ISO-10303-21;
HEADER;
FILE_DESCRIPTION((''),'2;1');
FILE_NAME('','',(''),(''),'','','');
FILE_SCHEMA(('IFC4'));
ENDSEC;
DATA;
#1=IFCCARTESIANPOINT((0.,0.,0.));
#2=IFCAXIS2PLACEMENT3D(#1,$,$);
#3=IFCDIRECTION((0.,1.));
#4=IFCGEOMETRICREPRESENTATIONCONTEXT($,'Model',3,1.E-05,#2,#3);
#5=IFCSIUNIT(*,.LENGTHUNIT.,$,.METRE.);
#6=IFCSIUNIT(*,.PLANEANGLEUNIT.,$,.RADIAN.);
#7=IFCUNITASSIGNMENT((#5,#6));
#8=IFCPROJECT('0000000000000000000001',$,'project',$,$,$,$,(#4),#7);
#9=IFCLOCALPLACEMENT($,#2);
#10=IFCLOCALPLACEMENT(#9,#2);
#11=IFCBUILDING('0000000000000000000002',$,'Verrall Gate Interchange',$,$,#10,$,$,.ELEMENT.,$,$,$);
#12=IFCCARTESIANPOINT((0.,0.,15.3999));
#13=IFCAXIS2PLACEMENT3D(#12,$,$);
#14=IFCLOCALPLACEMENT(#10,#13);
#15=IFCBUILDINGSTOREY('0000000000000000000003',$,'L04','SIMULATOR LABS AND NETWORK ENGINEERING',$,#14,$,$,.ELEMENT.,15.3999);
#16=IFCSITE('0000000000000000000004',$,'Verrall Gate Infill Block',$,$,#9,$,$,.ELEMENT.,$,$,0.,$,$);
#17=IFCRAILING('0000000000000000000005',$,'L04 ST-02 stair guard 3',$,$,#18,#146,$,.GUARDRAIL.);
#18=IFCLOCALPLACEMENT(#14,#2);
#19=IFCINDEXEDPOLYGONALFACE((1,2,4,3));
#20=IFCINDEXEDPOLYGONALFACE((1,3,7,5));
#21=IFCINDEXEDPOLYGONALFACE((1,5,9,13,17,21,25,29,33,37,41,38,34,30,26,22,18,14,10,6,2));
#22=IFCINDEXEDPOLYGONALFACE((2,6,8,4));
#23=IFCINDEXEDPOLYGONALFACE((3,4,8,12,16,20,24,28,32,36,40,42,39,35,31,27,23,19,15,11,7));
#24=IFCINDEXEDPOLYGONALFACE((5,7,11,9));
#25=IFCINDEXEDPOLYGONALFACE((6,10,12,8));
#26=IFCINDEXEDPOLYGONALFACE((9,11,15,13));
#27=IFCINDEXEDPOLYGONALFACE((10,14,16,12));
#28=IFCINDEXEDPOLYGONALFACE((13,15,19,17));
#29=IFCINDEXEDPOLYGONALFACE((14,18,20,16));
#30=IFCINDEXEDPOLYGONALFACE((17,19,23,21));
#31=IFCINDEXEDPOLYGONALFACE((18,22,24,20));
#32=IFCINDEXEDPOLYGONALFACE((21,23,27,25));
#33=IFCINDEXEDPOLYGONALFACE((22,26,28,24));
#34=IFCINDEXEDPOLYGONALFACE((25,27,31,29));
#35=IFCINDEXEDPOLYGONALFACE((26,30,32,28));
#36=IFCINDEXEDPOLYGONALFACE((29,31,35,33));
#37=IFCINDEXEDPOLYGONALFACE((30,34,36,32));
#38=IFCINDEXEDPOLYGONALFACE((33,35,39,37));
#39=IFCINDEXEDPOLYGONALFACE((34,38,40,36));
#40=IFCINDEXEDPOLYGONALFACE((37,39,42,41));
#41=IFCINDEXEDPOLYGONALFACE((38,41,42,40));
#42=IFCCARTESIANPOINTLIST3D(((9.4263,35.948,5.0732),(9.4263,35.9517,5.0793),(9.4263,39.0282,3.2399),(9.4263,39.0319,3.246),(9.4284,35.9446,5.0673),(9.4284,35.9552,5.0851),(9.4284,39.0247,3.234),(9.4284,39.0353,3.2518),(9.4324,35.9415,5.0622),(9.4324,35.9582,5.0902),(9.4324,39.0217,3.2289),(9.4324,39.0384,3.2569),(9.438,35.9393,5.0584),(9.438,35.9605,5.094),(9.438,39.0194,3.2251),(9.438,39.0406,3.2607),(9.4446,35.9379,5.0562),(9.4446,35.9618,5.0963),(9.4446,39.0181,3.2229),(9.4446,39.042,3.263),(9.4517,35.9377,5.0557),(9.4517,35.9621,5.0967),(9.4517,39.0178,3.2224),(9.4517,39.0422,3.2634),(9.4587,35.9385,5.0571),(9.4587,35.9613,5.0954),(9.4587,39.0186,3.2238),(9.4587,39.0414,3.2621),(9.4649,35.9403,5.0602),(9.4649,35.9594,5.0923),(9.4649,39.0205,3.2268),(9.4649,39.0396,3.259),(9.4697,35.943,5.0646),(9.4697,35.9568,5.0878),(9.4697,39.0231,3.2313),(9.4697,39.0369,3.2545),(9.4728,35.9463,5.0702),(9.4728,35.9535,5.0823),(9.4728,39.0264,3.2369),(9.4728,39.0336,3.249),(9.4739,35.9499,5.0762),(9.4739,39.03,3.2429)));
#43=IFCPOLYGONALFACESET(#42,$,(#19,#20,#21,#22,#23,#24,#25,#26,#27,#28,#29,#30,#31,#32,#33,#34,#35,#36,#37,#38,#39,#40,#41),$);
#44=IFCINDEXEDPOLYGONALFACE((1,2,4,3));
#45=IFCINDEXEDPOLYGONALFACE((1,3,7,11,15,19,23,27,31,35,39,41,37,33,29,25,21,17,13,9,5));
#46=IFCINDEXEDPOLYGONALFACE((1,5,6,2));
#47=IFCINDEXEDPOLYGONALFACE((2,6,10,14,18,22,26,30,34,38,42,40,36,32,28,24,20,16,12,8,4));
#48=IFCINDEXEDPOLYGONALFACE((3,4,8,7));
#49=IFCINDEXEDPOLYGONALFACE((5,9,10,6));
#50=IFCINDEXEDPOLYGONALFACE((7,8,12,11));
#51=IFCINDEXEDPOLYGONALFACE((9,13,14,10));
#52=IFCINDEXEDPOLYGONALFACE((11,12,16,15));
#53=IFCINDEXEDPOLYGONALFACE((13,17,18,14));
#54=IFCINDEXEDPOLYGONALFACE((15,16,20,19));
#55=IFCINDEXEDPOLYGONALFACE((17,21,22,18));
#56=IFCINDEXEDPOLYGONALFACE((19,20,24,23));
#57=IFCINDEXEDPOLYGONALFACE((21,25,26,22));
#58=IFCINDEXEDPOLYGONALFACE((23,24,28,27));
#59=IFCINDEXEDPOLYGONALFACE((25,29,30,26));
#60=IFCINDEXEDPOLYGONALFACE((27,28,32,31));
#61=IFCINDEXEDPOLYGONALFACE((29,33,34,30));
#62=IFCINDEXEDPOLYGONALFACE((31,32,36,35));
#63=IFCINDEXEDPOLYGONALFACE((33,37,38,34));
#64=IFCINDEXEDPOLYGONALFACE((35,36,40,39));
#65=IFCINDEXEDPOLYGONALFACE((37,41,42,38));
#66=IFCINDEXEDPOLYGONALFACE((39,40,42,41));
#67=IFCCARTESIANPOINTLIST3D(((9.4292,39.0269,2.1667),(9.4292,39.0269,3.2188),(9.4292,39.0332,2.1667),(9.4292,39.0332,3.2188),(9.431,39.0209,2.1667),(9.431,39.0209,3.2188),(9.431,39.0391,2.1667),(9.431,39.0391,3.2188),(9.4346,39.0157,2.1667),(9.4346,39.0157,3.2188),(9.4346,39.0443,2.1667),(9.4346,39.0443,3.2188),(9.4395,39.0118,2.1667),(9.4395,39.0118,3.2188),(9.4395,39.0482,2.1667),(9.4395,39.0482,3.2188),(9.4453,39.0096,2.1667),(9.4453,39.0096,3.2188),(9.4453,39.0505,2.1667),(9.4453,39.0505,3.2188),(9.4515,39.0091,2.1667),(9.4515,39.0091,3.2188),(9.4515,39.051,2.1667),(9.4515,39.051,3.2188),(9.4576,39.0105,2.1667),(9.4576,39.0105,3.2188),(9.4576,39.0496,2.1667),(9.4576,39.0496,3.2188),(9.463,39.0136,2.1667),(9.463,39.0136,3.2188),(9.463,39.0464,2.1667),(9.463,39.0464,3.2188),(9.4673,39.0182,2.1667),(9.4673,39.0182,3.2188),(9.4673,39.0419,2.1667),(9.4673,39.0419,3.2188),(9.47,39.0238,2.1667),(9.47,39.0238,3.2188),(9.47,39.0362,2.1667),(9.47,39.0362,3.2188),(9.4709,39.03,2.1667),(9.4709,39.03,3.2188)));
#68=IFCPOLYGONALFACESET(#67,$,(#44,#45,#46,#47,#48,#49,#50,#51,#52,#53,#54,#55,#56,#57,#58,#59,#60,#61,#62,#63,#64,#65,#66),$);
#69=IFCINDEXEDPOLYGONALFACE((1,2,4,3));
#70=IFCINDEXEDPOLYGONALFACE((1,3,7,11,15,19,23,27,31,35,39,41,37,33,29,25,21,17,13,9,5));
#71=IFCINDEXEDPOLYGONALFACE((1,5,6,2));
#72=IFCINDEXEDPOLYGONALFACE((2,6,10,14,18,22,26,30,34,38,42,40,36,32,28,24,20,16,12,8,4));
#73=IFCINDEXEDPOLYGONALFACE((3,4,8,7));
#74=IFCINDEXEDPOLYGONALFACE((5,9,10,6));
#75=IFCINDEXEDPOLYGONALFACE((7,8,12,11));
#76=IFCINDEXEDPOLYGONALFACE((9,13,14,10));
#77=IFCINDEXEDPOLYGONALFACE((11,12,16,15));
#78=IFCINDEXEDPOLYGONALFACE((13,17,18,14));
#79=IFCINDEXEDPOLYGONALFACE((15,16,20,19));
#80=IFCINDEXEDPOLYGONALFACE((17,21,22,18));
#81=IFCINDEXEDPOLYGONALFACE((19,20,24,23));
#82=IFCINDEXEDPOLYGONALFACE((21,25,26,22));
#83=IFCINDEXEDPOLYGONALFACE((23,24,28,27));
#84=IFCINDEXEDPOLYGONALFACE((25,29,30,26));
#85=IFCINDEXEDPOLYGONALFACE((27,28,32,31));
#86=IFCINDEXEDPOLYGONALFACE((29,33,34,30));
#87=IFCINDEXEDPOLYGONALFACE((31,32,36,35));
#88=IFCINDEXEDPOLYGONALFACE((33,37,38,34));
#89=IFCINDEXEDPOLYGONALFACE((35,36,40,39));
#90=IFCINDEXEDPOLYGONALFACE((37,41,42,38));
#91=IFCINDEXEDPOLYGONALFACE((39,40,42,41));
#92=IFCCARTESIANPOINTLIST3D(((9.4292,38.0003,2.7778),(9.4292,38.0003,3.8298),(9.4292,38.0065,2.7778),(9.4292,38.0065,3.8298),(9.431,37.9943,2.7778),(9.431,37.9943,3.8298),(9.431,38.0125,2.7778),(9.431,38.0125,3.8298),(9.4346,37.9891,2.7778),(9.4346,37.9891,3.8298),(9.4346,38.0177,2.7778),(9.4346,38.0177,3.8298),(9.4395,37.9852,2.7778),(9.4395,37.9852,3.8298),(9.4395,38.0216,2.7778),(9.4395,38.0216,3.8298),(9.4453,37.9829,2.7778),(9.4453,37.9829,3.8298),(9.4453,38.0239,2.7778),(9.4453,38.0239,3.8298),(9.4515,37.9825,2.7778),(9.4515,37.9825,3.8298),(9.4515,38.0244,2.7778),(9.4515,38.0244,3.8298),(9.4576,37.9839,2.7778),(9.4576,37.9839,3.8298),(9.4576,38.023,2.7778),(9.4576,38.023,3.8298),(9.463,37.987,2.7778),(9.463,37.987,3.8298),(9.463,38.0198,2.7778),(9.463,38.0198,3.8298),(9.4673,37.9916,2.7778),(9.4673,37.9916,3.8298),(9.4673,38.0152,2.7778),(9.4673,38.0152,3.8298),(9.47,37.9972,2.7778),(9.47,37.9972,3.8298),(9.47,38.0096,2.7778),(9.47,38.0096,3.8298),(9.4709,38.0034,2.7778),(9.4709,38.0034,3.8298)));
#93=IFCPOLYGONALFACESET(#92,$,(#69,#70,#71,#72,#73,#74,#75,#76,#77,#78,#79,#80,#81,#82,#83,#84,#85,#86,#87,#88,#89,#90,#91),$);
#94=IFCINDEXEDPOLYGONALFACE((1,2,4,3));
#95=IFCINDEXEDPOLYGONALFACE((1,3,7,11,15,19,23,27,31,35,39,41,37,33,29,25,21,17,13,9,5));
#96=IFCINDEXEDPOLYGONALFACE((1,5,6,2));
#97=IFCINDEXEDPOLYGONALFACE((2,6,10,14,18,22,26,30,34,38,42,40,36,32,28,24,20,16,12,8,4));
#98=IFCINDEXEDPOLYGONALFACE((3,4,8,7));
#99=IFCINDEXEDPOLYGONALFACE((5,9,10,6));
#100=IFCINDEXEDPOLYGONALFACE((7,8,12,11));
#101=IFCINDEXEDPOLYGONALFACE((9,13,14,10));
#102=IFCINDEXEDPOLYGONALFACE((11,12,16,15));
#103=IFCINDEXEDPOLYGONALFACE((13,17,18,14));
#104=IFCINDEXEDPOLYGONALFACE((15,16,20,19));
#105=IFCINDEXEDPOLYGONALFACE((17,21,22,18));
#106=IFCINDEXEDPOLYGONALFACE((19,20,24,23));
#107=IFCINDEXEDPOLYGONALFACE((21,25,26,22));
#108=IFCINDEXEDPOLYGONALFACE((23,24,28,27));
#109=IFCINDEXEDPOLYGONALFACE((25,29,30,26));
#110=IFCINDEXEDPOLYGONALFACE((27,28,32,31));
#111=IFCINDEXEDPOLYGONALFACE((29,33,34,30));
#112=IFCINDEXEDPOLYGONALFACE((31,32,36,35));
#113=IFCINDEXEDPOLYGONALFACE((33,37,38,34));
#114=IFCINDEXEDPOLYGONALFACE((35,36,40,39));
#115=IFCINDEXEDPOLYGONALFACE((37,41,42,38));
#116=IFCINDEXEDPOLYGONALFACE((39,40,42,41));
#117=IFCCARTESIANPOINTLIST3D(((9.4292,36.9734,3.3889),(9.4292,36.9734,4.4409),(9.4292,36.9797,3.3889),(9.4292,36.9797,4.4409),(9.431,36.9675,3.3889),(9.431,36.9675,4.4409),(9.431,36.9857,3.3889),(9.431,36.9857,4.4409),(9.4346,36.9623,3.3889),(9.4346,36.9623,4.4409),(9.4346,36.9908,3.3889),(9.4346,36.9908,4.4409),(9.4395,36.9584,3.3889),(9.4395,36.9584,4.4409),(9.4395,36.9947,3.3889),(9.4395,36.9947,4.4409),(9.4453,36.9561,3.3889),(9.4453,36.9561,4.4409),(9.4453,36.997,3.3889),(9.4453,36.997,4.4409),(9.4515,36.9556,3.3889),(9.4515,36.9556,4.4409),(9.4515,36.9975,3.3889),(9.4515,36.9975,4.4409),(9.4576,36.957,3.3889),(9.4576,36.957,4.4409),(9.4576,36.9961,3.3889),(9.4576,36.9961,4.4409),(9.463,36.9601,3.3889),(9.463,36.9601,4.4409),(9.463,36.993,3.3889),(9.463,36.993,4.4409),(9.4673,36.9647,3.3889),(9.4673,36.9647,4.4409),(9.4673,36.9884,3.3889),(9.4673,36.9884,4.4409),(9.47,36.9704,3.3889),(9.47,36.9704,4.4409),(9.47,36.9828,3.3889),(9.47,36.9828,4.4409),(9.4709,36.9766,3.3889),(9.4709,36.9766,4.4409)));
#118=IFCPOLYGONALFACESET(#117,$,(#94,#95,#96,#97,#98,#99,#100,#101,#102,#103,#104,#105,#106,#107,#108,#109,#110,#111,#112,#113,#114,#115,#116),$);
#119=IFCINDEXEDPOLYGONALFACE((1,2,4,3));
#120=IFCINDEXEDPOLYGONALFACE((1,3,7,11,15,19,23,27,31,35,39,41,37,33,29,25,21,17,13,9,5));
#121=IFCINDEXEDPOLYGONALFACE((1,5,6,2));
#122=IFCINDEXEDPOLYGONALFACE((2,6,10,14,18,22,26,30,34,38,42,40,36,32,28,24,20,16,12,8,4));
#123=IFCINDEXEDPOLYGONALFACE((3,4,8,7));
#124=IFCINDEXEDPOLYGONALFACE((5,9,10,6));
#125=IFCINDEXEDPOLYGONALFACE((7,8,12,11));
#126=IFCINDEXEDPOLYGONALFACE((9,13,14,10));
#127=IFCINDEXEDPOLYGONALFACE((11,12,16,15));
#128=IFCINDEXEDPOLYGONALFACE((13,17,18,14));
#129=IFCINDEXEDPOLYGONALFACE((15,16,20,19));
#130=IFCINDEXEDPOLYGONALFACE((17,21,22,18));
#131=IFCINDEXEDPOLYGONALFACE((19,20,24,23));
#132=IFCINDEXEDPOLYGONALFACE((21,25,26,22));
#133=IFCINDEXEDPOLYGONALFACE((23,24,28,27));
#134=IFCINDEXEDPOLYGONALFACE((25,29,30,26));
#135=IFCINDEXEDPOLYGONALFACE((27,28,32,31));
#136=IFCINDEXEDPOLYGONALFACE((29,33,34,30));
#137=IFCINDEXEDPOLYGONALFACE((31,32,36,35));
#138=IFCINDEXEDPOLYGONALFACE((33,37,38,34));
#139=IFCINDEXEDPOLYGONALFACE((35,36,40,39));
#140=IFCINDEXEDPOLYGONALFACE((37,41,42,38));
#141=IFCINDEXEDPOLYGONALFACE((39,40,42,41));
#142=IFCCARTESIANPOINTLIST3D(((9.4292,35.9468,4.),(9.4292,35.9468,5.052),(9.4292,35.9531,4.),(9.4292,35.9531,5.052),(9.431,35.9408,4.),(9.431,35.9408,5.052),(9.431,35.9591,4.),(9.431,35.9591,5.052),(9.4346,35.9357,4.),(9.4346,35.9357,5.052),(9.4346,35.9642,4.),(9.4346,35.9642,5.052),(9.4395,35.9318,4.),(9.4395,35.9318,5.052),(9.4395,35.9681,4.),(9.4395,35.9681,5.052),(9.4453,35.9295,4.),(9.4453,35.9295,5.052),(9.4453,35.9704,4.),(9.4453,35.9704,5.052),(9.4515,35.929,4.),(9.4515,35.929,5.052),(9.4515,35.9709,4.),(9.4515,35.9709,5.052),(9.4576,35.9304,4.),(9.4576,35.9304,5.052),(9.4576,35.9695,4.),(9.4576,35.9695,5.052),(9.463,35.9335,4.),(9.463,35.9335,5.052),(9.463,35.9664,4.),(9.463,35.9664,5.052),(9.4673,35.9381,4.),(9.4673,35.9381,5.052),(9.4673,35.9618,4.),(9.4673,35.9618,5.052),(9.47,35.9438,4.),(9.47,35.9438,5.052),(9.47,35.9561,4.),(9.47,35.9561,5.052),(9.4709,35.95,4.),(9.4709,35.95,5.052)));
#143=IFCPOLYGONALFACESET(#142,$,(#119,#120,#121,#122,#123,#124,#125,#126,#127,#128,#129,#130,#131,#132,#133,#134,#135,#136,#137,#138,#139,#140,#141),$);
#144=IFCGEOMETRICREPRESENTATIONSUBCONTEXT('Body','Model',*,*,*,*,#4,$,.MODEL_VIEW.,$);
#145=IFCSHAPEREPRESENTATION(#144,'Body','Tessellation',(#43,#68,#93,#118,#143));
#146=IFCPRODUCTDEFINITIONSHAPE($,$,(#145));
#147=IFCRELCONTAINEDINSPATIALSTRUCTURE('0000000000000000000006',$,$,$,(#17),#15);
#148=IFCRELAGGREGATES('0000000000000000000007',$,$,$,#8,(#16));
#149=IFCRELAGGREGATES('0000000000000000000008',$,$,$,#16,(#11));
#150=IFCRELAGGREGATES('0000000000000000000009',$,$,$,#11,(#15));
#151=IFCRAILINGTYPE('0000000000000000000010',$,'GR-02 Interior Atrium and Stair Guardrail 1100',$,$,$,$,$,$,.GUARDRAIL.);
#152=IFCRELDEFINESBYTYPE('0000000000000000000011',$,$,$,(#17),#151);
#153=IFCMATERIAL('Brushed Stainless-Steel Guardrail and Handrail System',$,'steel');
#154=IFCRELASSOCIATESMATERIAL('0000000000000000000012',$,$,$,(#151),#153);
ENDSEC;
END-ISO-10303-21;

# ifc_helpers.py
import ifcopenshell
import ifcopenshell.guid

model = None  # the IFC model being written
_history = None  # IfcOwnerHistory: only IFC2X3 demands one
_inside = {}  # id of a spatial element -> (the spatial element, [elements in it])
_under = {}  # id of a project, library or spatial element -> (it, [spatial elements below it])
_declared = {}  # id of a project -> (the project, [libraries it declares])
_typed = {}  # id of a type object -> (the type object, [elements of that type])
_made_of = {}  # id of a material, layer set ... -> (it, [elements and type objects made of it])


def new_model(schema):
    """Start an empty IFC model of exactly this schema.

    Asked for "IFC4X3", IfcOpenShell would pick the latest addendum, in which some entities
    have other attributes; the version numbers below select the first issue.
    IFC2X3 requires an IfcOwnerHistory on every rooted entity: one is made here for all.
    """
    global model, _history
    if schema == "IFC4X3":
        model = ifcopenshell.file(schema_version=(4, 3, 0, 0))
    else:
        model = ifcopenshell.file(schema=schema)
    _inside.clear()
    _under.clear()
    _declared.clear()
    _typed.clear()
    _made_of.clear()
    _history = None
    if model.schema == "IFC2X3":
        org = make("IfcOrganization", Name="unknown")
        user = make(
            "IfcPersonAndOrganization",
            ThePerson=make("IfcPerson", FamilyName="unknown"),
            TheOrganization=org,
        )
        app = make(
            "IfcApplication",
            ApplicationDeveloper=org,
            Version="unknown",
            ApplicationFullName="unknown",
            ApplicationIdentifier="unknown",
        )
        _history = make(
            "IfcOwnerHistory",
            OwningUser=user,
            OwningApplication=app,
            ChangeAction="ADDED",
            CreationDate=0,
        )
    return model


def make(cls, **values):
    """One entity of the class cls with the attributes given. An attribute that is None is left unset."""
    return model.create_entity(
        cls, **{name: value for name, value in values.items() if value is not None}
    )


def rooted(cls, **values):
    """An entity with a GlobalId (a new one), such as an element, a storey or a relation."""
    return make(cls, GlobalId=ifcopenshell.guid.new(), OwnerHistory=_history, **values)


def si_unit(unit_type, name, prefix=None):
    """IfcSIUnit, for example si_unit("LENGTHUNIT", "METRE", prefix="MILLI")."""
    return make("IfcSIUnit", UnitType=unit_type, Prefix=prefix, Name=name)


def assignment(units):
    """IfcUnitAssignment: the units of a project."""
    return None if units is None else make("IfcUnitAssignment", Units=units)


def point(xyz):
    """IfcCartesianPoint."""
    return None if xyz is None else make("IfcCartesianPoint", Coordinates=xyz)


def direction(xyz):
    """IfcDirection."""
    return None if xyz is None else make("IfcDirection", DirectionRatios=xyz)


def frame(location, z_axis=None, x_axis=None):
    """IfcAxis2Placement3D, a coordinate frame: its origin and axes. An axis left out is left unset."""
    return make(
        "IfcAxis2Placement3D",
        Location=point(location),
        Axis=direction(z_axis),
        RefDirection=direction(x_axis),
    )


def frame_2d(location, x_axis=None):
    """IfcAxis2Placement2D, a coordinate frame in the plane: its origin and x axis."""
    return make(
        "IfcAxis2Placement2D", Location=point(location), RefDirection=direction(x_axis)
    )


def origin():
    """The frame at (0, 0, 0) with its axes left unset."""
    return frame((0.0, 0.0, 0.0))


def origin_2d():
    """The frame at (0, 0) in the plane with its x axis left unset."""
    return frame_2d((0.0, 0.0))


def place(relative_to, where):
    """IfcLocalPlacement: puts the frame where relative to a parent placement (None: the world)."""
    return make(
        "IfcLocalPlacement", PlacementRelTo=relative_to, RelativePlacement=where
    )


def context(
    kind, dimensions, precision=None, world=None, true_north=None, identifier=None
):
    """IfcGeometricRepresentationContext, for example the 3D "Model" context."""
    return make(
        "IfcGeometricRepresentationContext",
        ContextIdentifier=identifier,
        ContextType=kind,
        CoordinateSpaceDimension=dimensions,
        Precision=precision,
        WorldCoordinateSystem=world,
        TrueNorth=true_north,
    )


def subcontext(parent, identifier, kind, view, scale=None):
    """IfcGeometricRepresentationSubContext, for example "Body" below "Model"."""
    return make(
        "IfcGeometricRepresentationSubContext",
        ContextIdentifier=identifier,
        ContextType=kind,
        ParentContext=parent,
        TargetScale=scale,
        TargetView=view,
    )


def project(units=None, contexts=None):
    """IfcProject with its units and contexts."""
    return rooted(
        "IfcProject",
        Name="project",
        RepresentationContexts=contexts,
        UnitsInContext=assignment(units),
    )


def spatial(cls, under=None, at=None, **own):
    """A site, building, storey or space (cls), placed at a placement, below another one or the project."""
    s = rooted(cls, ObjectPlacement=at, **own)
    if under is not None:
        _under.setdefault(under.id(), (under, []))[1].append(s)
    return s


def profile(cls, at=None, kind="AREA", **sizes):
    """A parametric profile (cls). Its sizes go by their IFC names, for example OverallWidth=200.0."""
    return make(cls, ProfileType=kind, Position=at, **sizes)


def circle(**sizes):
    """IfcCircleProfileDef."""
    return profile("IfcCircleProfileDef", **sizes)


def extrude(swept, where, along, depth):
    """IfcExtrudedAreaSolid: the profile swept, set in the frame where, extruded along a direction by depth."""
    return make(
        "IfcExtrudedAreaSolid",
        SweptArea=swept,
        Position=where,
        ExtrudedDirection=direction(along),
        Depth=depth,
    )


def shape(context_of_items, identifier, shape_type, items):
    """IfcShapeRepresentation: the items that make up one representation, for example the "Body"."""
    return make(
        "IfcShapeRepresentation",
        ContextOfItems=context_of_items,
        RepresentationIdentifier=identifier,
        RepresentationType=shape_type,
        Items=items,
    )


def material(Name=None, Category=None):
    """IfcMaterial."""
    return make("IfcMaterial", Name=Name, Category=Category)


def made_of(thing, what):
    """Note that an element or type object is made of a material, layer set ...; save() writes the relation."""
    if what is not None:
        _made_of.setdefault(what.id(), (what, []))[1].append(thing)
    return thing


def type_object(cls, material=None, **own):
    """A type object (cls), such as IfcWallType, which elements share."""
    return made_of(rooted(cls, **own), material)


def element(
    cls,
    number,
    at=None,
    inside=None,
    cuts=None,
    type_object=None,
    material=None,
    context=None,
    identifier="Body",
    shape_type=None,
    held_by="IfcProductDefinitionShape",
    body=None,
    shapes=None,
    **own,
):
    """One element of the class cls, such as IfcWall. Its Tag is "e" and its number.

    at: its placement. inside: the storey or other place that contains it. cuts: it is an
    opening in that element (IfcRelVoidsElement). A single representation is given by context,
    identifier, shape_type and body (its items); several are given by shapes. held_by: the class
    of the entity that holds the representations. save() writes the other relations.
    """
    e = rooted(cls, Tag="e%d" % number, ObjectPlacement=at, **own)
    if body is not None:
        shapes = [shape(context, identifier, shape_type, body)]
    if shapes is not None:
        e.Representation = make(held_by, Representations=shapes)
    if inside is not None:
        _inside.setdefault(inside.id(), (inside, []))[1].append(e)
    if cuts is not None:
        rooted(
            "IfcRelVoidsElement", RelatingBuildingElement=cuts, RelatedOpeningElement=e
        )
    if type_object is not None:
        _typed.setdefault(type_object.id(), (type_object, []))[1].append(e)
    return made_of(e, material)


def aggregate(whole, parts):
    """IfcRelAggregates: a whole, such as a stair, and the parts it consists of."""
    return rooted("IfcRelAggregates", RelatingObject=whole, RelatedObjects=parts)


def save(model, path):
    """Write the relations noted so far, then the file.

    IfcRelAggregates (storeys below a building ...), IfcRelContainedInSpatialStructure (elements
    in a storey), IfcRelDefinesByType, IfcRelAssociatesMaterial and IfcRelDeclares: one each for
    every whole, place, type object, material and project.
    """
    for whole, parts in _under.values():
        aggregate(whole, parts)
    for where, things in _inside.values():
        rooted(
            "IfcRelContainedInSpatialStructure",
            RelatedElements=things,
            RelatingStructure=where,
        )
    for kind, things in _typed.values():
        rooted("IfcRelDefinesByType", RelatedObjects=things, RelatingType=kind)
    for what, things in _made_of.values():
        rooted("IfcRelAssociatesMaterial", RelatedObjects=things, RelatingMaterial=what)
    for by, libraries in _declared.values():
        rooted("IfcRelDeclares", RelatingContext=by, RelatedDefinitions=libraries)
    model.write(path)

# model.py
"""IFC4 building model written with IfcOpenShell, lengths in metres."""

from ifc_helpers import new_model, si_unit, direction, frame, origin, origin_2d, place, context, subcontext, project, spatial, circle, extrude, material, type_object, element, save


model = new_model("IFC4")

# Units and contexts
model_context = context("Model", 3, precision=1e-05, world=origin(), true_north=direction((0.0, 1.0)))
body_context = subcontext(model_context, "Body", "Model", "MODEL_VIEW")
ifc_project = project(units=[si_unit("LENGTHUNIT", "METRE"), si_unit("PLANEANGLEUNIT", "RADIAN")], contexts=[model_context])

# Site, building, storey
site_placement = place(None, origin())
site = spatial("IfcSite", under=ifc_project, at=site_placement, Name="Verrall Gate Infill Block", CompositionType="ELEMENT", RefElevation=0.0)
building_placement = place(site_placement, origin())
building = spatial("IfcBuilding", under=site, at=building_placement, Name="Verrall Gate Interchange", CompositionType="ELEMENT")
storey_placement = place(building_placement, frame((0.0, 0.0, 15.3999)))
storey = spatial("IfcBuildingStorey", under=building, at=storey_placement, Name="L04", Description="SIMULATOR LABS AND NETWORK ENGINEERING", CompositionType="ELEMENT", Elevation=15.3999)

# Railing
ifc_material_1 = material(Name="Brushed Stainless-Steel Guardrail and Handrail System", Category="steel")
railing_type_1 = type_object("IfcRailingType", Name="GR-02 Interior Atrium and Stair Guardrail 1100", PredefinedType="GUARDRAIL", material=ifc_material_1)
railing_1_placement = place(storey_placement, frame((9.45, 39.03, 2.1667)))
element("IfcRailing", 1, at=railing_1_placement, inside=storey, type_object=railing_type_1, Name="L04 ST-02 stair guard 3", PredefinedType="GUARDRAIL", context=body_context, shape_type="SweptSolid", body=[
    extrude(circle(Radius=0.0239, at=origin_2d()), frame((0.0, 0.0, 1.0762), z_axis=(0.0, -0.859309, 0.511458), x_axis=(1.0, 0.0, 0.0)), (0.0, 0.0, 1.0), 3.5845),
    extrude(circle(Radius=0.021, at=origin_2d()), origin(), (0.0, 0.0, 1.0), 1.052),
    extrude(circle(Radius=0.021, at=origin_2d()), frame((0.0, -1.0266, 0.6111)), (0.0, 0.0, 1.0), 1.052),
    extrude(circle(Radius=0.021, at=origin_2d()), frame((0.0, -2.0535, 1.2222)), (0.0, 0.0, 1.0), 1.052),
    extrude(circle(Radius=0.021, at=origin_2d()), frame((0.0, -3.0801, 1.8333)), (0.0, 0.0, 1.0), 1.052),
])

save(model, "model.ifc")
